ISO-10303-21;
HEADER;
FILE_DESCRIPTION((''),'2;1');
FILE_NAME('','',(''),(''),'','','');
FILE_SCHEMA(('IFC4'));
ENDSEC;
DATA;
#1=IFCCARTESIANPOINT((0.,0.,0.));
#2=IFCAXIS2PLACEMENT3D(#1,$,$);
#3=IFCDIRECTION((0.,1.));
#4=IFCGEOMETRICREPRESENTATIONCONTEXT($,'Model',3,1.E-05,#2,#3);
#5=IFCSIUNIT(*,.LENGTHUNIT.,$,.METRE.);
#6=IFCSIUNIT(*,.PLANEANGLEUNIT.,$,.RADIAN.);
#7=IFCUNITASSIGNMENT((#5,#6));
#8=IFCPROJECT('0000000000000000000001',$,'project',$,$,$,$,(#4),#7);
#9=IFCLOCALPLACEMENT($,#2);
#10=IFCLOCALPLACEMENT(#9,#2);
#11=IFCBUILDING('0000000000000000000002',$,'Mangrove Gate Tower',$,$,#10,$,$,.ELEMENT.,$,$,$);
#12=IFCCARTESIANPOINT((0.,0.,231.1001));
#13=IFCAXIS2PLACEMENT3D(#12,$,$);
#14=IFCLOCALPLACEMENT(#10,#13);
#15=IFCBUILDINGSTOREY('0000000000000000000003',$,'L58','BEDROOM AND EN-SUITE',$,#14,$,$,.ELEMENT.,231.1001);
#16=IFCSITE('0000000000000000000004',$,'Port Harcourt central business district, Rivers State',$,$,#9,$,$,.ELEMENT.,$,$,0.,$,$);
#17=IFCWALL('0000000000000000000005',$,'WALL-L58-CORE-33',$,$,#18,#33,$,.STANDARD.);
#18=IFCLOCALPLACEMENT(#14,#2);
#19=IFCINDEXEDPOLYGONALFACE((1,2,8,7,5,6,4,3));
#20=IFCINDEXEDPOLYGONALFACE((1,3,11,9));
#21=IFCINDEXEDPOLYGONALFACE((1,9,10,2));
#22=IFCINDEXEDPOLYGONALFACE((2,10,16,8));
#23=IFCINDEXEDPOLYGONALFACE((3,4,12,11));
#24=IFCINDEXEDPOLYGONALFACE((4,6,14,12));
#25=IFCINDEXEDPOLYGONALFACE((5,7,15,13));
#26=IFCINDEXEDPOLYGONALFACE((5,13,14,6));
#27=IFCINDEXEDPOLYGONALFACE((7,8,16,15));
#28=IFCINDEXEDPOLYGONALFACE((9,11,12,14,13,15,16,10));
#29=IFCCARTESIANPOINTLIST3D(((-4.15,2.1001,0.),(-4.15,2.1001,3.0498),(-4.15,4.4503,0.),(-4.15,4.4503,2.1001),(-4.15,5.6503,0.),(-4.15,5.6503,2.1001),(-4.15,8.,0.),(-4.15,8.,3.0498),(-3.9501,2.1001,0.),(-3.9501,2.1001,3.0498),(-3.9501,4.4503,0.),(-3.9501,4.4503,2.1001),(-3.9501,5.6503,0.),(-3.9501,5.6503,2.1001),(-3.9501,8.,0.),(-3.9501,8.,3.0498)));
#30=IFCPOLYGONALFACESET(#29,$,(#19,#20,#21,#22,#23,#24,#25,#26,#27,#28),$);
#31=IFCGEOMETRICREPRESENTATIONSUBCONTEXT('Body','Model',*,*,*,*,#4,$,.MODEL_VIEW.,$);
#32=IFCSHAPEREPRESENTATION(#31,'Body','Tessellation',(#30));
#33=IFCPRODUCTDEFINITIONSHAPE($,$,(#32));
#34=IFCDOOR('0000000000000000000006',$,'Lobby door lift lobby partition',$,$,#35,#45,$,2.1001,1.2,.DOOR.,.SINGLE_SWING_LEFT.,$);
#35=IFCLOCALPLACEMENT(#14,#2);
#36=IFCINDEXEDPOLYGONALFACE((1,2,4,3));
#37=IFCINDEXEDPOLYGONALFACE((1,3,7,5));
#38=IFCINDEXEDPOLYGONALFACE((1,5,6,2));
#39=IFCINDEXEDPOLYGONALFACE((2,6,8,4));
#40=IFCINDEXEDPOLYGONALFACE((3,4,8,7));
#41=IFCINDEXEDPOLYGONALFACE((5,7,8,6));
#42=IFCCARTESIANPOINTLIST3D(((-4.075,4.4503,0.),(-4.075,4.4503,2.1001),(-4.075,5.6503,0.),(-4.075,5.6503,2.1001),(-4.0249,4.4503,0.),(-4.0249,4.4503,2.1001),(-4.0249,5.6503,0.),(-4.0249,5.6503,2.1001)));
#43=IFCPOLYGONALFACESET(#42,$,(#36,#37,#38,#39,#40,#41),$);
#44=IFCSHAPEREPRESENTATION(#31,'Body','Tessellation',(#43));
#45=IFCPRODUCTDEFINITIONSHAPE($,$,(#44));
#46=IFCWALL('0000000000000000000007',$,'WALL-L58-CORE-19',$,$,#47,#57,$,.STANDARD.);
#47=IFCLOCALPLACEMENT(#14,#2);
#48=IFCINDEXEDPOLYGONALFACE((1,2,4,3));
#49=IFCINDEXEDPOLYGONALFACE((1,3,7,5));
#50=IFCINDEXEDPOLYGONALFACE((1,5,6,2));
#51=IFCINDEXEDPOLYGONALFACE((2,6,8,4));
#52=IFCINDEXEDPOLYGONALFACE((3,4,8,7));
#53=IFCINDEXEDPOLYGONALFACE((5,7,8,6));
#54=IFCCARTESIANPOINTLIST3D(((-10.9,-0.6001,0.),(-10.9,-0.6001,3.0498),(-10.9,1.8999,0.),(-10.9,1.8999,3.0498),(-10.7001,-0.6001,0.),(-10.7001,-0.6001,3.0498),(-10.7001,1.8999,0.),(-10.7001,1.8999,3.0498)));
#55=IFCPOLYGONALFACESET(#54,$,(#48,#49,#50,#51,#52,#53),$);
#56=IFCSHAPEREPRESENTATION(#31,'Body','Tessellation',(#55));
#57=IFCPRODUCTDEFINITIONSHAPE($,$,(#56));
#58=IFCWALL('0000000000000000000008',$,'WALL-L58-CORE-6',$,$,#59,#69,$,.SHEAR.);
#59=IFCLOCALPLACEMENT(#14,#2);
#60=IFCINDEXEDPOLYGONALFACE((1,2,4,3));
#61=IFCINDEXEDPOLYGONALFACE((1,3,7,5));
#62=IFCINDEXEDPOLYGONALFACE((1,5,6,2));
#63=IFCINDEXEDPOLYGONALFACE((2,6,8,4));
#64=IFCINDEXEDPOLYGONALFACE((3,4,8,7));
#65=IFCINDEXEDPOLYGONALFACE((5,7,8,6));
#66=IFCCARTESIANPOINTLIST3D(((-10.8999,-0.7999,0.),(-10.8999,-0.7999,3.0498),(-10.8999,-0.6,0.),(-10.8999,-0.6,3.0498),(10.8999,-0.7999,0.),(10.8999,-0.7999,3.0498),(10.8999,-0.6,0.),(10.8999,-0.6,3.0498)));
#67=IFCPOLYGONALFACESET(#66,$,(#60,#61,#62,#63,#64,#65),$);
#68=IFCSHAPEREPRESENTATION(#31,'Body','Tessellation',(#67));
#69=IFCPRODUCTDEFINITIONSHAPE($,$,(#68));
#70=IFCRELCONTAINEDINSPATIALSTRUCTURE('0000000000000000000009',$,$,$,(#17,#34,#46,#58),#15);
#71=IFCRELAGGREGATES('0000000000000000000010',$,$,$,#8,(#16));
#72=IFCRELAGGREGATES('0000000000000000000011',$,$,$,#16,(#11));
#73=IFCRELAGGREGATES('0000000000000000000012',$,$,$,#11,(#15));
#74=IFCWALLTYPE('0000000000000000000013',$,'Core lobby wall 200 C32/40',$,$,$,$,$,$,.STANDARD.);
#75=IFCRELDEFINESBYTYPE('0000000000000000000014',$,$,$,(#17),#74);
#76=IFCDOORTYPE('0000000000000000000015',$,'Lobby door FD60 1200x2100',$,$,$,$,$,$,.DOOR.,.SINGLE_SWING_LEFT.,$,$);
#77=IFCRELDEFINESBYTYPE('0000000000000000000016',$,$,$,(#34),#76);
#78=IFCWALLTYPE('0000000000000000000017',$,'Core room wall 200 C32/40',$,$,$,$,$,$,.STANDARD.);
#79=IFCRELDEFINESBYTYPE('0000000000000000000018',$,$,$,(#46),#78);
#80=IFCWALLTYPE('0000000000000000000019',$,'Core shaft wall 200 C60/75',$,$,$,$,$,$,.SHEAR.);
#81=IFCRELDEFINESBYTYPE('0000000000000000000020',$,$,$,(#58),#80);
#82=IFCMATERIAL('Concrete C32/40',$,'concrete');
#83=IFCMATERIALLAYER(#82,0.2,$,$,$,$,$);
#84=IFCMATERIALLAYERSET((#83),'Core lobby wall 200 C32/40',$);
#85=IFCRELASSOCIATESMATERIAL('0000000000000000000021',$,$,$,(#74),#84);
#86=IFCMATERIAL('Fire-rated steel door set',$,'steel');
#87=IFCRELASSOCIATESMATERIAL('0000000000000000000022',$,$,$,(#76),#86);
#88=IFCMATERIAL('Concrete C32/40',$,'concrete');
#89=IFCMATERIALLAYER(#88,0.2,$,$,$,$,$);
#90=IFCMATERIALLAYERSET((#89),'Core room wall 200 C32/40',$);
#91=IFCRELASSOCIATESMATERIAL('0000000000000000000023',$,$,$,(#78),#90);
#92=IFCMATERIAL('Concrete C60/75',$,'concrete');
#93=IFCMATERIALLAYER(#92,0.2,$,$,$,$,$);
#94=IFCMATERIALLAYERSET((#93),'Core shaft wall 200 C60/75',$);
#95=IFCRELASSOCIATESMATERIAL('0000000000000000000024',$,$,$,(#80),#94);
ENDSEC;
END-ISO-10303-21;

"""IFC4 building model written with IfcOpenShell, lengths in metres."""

from ifc_helpers import new_model, si_unit, direction, frame, frame_2d, origin, place, context, subcontext, project, spatial, rectangle, extrude, material, layer, layer_set, type_object, element, fill, save


model = new_model("IFC4")

# Units and contexts
model_context = context("Model", 3, precision=1e-05, world=origin(), true_north=direction((0.0, 1.0)))
body_context = subcontext(model_context, "Body", "Model", "MODEL_VIEW")
ifc_project = project(units=[si_unit("LENGTHUNIT", "METRE"), si_unit("PLANEANGLEUNIT", "RADIAN")], contexts=[model_context])

# Site, building, storey
site_placement = place(None, origin())
site = spatial("IfcSite", under=ifc_project, at=site_placement, Name="Port Harcourt central business district, Rivers State", CompositionType="ELEMENT", RefElevation=0.0)
building_placement = place(site_placement, origin())
building = spatial("IfcBuilding", under=site, at=building_placement, Name="Mangrove Gate Tower", CompositionType="ELEMENT")
storey_placement = place(building_placement, frame((0.0, 0.0, 231.1001)))
storey = spatial("IfcBuildingStorey", under=building, at=storey_placement, Name="L58", Description="BEDROOM AND EN-SUITE", CompositionType="ELEMENT", Elevation=231.1001)

# Wall, opening, door
ifc_material_1 = material(Name="Concrete C32/40", Category="concrete")
ifc_layer_1 = layer(ifc_material_1, 0.2)
ifc_layer_set_1 = layer_set([ifc_layer_1], Name="Core lobby wall 200 C32/40")
wall_type_1 = type_object("IfcWallType", Name="Core lobby wall 200 C32/40", PredefinedType="STANDARD", material=ifc_layer_set_1)
wall_1_placement = place(storey_placement, frame((-4.05, 2.1001, 0.0), z_axis=(0.0, 0.0, 1.0), x_axis=(0.0, 1.0, 0.0)))
wall_1 = element("IfcWall", 1, at=wall_1_placement, inside=storey, type_object=wall_type_1, Name="WALL-L58-CORE-33", PredefinedType="STANDARD", context=body_context, shape_type="SweptSolid", body=[
    extrude(rectangle(XDim=5.8999, YDim=0.2, at=frame_2d((2.95, 0.0))), origin(), (0.0, 0.0, 1.0), 3.0498),
])
opening_1_placement = place(wall_1_placement, frame((2.3501, 0.0, 0.0)))
opening_1 = element("IfcOpeningElement", 2, at=opening_1_placement, cuts=wall_1, PredefinedType="OPENING", context=body_context, shape_type="SweptSolid", body=[
    extrude(rectangle(XDim=1.2, YDim=2.1001, at=frame_2d((0.6001, 1.05))), frame((0.0, 0.1099, 0.0), z_axis=(0.0, -1.0, 0.0), x_axis=(1.0, 0.0, 0.0)), (0.0, 0.0, 1.0), 0.22),
])
ifc_material_2 = material(Name="Fire-rated steel door set", Category="steel")
door_type_1 = type_object("IfcDoorType", Name="Lobby door FD60 1200x2100", OperationType="SINGLE_SWING_LEFT", PredefinedType="DOOR", material=ifc_material_2)
door_1_placement = place(opening_1_placement, origin())
door_1 = element("IfcDoor", 3, at=door_1_placement, inside=storey, type_object=door_type_1, Name="Lobby door lift lobby partition", OperationType="SINGLE_SWING_LEFT", OverallHeight=2.1001, OverallWidth=1.2, PredefinedType="DOOR", context=body_context, shape_type="SweptSolid", body=[
    extrude(rectangle(XDim=1.2, YDim=2.1001, at=frame_2d((0.6001, 1.05))), frame((0.0, 0.0249, 0.0), z_axis=(0.0, -1.0, 0.0), x_axis=(1.0, 0.0, 0.0)), (0.0, 0.0, 1.0), 0.05),
])
fill(opening_1, door_1)

# Walls
ifc_material_3 = material(Name="Concrete C32/40", Category="concrete")
ifc_layer_2 = layer(ifc_material_3, 0.2)
ifc_layer_set_2 = layer_set([ifc_layer_2], Name="Core room wall 200 C32/40")
wall_type_2 = type_object("IfcWallType", Name="Core room wall 200 C32/40", PredefinedType="STANDARD", material=ifc_layer_set_2)
wall_2_placement = place(storey_placement, frame((-10.8, -0.6001, 0.0), z_axis=(0.0, 0.0, 1.0), x_axis=(0.0, 1.0, 0.0)))
element("IfcWall", 4, at=wall_2_placement, inside=storey, type_object=wall_type_2, Name="WALL-L58-CORE-19", PredefinedType="STANDARD", context=body_context, shape_type="SweptSolid", body=[
    extrude(rectangle(XDim=2.5, YDim=0.2, at=frame_2d((1.25, 0.0))), origin(), (0.0, 0.0, 1.0), 3.0498),
])
ifc_material_4 = material(Name="Concrete C60/75", Category="concrete")
ifc_layer_3 = layer(ifc_material_4, 0.2)
ifc_layer_set_3 = layer_set([ifc_layer_3], Name="Core shaft wall 200 C60/75")
wall_type_3 = type_object("IfcWallType", Name="Core shaft wall 200 C60/75", PredefinedType="SHEAR", material=ifc_layer_set_3)
wall_3_placement = place(storey_placement, frame((-10.8999, -0.7, 0.0), z_axis=(0.0, 0.0, 1.0), x_axis=(1.0, 0.0, 0.0)))
element("IfcWall", 5, at=wall_3_placement, inside=storey, type_object=wall_type_3, Name="WALL-L58-CORE-6", PredefinedType="SHEAR", context=body_context, shape_type="SweptSolid", body=[
    extrude(rectangle(XDim=21.7998, YDim=0.2, at=frame_2d((10.8999, 0.0))), origin(), (0.0, 0.0, 1.0), 3.0498),
])

save(model, "model.ifc")
